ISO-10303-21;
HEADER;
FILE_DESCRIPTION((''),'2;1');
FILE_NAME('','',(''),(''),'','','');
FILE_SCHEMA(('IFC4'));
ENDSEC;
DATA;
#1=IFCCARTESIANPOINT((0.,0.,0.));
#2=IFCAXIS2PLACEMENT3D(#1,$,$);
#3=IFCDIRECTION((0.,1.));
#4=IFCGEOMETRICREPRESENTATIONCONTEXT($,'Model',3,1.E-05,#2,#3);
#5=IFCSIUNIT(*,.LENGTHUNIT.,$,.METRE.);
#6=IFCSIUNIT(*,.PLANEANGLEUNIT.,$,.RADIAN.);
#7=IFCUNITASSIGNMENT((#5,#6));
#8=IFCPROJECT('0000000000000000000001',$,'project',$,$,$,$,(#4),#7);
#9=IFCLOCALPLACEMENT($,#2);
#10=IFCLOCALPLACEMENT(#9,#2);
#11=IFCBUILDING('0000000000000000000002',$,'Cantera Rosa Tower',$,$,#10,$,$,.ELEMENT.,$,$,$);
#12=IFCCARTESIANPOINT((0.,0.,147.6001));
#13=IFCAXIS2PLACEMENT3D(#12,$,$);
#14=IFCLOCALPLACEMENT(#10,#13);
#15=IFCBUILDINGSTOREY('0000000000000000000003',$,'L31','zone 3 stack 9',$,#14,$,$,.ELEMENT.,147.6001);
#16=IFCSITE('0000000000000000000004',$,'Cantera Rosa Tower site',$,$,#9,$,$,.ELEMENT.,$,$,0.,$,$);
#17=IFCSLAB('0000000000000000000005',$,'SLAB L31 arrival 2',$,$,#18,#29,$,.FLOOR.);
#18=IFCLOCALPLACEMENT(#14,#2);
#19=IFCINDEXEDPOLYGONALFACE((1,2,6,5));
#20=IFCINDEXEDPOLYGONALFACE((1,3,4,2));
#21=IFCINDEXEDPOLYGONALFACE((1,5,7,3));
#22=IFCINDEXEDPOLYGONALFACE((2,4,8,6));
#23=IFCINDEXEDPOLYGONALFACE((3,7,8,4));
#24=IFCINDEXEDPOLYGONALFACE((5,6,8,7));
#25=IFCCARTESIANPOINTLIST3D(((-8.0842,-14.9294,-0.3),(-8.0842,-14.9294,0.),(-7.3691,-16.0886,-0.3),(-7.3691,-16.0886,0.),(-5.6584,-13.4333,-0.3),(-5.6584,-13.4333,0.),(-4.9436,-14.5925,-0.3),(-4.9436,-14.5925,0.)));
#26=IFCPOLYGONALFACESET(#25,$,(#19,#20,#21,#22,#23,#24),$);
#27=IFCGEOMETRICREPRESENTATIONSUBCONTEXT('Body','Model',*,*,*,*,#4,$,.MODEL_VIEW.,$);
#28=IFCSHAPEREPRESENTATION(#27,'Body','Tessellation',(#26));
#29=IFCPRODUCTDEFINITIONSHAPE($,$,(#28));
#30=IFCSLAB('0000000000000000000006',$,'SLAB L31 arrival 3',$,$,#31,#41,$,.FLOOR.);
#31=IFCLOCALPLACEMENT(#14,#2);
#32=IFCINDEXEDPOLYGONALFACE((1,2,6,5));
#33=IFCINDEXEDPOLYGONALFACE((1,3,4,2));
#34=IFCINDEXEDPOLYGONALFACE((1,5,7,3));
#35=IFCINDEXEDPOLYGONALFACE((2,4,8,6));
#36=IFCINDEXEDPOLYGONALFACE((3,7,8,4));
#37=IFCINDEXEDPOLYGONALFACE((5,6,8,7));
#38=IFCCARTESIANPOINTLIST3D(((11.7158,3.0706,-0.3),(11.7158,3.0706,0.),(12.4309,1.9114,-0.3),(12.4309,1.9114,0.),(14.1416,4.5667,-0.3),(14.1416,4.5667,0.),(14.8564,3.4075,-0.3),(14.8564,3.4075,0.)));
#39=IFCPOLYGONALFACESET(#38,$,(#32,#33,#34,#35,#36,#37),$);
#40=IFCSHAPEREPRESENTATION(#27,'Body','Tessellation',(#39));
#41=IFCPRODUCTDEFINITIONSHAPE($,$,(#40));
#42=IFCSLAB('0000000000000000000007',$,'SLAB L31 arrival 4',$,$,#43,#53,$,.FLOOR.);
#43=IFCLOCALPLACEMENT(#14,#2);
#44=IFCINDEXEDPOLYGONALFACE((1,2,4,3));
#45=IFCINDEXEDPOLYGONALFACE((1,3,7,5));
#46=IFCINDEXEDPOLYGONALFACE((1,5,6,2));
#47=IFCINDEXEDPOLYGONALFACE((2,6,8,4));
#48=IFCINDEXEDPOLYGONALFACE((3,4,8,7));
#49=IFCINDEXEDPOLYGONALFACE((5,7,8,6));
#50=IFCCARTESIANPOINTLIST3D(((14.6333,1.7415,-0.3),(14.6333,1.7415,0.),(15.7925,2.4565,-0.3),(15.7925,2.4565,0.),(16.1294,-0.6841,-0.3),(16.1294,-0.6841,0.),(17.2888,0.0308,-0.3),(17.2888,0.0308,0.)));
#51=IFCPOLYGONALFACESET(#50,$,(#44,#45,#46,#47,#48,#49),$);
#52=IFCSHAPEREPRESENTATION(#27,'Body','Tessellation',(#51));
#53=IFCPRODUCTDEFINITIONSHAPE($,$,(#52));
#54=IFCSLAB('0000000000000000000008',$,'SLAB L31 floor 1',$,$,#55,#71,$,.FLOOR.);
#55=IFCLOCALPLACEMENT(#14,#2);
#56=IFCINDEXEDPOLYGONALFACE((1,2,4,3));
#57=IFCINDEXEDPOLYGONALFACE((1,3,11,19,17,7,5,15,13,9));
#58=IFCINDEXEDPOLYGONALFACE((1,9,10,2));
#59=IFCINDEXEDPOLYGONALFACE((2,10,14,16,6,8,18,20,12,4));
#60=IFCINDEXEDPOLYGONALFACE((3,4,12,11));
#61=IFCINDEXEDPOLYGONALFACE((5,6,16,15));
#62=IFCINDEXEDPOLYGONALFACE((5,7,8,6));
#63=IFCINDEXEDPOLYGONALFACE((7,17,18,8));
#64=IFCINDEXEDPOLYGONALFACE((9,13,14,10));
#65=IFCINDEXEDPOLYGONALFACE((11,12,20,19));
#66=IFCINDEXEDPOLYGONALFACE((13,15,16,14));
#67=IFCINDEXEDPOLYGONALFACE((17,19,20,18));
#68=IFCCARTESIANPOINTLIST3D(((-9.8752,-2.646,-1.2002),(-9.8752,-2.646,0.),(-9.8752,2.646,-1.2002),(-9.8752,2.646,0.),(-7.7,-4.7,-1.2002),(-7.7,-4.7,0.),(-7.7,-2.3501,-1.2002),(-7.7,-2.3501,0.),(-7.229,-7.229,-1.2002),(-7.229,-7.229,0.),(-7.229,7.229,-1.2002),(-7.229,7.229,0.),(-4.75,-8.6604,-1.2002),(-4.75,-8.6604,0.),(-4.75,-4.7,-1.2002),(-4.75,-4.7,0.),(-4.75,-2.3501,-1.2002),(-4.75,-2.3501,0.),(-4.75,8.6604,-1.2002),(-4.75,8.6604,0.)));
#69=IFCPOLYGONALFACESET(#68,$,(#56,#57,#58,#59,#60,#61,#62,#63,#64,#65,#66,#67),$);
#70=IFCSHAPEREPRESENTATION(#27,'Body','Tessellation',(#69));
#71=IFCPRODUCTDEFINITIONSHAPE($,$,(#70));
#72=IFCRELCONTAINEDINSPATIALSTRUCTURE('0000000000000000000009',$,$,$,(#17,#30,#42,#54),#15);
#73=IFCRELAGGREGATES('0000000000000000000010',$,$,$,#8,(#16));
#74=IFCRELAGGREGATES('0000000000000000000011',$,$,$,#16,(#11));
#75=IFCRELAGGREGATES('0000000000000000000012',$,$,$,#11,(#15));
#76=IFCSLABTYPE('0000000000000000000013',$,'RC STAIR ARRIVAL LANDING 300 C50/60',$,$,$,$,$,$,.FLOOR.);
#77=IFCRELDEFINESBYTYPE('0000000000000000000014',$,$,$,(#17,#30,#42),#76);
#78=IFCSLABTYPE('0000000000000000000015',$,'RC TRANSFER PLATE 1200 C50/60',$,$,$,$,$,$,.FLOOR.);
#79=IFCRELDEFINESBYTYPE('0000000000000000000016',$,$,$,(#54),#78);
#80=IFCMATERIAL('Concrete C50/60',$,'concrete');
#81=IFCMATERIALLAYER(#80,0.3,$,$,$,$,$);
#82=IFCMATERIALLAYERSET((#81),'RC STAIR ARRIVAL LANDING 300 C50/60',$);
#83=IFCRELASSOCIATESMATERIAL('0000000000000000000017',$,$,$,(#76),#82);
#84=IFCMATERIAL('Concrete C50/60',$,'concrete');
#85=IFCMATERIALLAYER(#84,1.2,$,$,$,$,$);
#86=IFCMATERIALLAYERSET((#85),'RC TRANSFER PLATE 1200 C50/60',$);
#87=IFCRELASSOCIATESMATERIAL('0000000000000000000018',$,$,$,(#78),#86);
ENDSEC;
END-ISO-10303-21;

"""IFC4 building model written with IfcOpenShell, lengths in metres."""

from ifc_helpers import new_model, si_unit, direction, frame, origin, place, context, subcontext, project, spatial, polyline, outline, extrude, material, layer, layer_set, type_object, element, save


model = new_model("IFC4")

# Units and contexts
model_context = context("Model", 3, precision=1e-05, world=origin(), true_north=direction((0.0, 1.0)))
body_context = subcontext(model_context, "Body", "Model", "MODEL_VIEW")
ifc_project = project(units=[si_unit("LENGTHUNIT", "METRE"), si_unit("PLANEANGLEUNIT", "RADIAN")], contexts=[model_context])

# Site, building, storey
site_placement = place(None, origin())
site = spatial("IfcSite", under=ifc_project, at=site_placement, Name="Cantera Rosa Tower site", CompositionType="ELEMENT", RefElevation=0.0)
building_placement = place(site_placement, origin())
building = spatial("IfcBuilding", under=site, at=building_placement, Name="Cantera Rosa Tower", CompositionType="ELEMENT")
storey_placement = place(building_placement, frame((0.0, 0.0, 147.6001)))
storey = spatial("IfcBuildingStorey", under=building, at=storey_placement, Name="L31", Description="zone 3 stack 9", CompositionType="ELEMENT", Elevation=147.6001)

# Slabs
ifc_material_1 = material(Name="Concrete C50/60", Category="concrete")
ifc_layer_1 = layer(ifc_material_1, 0.3)
ifc_layer_set_1 = layer_set([ifc_layer_1], Name="RC STAIR ARRIVAL LANDING 300 C50/60")
slab_type_1 = type_object("IfcSlabType", Name="RC STAIR ARRIVAL LANDING 300 C50/60", PredefinedType="FLOOR", material=ifc_layer_set_1)
slab_1_placement = place(storey_placement, frame((0.0, 0.0, -0.3)))
element("IfcSlab", 1, at=slab_1_placement, inside=storey, type_object=slab_type_1, Name="SLAB L31 arrival 2", PredefinedType="FLOOR", context=body_context, shape_type="SweptSolid", body=[
    extrude(outline(polyline([(-4.9436, -14.5925), (-7.3691, -16.0886), (-8.0842, -14.9294), (-5.6584, -13.4333), (-4.9436, -14.5925)])), origin(), (0.0, 0.0, 1.0), 0.3),
])
slab_2_placement = place(storey_placement, frame((0.0, 0.0, -0.3)))
element("IfcSlab", 2, at=slab_2_placement, inside=storey, type_object=slab_type_1, Name="SLAB L31 arrival 3", PredefinedType="FLOOR", context=body_context, shape_type="SweptSolid", body=[
    extrude(outline(polyline([(14.1416, 4.5667), (14.8564, 3.4075), (12.4309, 1.9114), (11.7158, 3.0706), (14.1416, 4.5667)])), origin(), (0.0, 0.0, 1.0), 0.3),
])
slab_3_placement = place(storey_placement, frame((0.0, 0.0, -0.3)))
element("IfcSlab", 3, at=slab_3_placement, inside=storey, type_object=slab_type_1, Name="SLAB L31 arrival 4", PredefinedType="FLOOR", context=body_context, shape_type="SweptSolid", body=[
    extrude(outline(polyline([(15.7925, 2.4565), (17.2888, 0.0308), (16.1294, -0.6841), (14.6333, 1.7415), (15.7925, 2.4565)])), origin(), (0.0, 0.0, 1.0), 0.3),
])
ifc_material_2 = material(Name="Concrete C50/60", Category="concrete")
ifc_layer_2 = layer(ifc_material_2, 1.2)
ifc_layer_set_2 = layer_set([ifc_layer_2], Name="RC TRANSFER PLATE 1200 C50/60")
slab_type_2 = type_object("IfcSlabType", Name="RC TRANSFER PLATE 1200 C50/60", PredefinedType="FLOOR", material=ifc_layer_set_2)
slab_4_placement = place(storey_placement, frame((0.0, 0.0, -1.2002)))
element("IfcSlab", 4, at=slab_4_placement, inside=storey, type_object=slab_type_2, Name="SLAB L31 floor 1", PredefinedType="FLOOR", context=body_context, shape_type="SweptSolid", body=[
    extrude(outline(polyline([(-7.229, -7.229), (-9.8752, -2.646), (-9.8752, 2.646), (-7.229, 7.229), (-4.75, 8.6604), (-4.75, -2.3501), (-7.7, -2.3501), (-7.7, -4.7), (-4.75, -4.7), (-4.75, -8.6604), (-7.229, -7.229)])), origin(), (0.0, 0.0, 1.0), 1.2002),
])

save(model, "model.ifc")
